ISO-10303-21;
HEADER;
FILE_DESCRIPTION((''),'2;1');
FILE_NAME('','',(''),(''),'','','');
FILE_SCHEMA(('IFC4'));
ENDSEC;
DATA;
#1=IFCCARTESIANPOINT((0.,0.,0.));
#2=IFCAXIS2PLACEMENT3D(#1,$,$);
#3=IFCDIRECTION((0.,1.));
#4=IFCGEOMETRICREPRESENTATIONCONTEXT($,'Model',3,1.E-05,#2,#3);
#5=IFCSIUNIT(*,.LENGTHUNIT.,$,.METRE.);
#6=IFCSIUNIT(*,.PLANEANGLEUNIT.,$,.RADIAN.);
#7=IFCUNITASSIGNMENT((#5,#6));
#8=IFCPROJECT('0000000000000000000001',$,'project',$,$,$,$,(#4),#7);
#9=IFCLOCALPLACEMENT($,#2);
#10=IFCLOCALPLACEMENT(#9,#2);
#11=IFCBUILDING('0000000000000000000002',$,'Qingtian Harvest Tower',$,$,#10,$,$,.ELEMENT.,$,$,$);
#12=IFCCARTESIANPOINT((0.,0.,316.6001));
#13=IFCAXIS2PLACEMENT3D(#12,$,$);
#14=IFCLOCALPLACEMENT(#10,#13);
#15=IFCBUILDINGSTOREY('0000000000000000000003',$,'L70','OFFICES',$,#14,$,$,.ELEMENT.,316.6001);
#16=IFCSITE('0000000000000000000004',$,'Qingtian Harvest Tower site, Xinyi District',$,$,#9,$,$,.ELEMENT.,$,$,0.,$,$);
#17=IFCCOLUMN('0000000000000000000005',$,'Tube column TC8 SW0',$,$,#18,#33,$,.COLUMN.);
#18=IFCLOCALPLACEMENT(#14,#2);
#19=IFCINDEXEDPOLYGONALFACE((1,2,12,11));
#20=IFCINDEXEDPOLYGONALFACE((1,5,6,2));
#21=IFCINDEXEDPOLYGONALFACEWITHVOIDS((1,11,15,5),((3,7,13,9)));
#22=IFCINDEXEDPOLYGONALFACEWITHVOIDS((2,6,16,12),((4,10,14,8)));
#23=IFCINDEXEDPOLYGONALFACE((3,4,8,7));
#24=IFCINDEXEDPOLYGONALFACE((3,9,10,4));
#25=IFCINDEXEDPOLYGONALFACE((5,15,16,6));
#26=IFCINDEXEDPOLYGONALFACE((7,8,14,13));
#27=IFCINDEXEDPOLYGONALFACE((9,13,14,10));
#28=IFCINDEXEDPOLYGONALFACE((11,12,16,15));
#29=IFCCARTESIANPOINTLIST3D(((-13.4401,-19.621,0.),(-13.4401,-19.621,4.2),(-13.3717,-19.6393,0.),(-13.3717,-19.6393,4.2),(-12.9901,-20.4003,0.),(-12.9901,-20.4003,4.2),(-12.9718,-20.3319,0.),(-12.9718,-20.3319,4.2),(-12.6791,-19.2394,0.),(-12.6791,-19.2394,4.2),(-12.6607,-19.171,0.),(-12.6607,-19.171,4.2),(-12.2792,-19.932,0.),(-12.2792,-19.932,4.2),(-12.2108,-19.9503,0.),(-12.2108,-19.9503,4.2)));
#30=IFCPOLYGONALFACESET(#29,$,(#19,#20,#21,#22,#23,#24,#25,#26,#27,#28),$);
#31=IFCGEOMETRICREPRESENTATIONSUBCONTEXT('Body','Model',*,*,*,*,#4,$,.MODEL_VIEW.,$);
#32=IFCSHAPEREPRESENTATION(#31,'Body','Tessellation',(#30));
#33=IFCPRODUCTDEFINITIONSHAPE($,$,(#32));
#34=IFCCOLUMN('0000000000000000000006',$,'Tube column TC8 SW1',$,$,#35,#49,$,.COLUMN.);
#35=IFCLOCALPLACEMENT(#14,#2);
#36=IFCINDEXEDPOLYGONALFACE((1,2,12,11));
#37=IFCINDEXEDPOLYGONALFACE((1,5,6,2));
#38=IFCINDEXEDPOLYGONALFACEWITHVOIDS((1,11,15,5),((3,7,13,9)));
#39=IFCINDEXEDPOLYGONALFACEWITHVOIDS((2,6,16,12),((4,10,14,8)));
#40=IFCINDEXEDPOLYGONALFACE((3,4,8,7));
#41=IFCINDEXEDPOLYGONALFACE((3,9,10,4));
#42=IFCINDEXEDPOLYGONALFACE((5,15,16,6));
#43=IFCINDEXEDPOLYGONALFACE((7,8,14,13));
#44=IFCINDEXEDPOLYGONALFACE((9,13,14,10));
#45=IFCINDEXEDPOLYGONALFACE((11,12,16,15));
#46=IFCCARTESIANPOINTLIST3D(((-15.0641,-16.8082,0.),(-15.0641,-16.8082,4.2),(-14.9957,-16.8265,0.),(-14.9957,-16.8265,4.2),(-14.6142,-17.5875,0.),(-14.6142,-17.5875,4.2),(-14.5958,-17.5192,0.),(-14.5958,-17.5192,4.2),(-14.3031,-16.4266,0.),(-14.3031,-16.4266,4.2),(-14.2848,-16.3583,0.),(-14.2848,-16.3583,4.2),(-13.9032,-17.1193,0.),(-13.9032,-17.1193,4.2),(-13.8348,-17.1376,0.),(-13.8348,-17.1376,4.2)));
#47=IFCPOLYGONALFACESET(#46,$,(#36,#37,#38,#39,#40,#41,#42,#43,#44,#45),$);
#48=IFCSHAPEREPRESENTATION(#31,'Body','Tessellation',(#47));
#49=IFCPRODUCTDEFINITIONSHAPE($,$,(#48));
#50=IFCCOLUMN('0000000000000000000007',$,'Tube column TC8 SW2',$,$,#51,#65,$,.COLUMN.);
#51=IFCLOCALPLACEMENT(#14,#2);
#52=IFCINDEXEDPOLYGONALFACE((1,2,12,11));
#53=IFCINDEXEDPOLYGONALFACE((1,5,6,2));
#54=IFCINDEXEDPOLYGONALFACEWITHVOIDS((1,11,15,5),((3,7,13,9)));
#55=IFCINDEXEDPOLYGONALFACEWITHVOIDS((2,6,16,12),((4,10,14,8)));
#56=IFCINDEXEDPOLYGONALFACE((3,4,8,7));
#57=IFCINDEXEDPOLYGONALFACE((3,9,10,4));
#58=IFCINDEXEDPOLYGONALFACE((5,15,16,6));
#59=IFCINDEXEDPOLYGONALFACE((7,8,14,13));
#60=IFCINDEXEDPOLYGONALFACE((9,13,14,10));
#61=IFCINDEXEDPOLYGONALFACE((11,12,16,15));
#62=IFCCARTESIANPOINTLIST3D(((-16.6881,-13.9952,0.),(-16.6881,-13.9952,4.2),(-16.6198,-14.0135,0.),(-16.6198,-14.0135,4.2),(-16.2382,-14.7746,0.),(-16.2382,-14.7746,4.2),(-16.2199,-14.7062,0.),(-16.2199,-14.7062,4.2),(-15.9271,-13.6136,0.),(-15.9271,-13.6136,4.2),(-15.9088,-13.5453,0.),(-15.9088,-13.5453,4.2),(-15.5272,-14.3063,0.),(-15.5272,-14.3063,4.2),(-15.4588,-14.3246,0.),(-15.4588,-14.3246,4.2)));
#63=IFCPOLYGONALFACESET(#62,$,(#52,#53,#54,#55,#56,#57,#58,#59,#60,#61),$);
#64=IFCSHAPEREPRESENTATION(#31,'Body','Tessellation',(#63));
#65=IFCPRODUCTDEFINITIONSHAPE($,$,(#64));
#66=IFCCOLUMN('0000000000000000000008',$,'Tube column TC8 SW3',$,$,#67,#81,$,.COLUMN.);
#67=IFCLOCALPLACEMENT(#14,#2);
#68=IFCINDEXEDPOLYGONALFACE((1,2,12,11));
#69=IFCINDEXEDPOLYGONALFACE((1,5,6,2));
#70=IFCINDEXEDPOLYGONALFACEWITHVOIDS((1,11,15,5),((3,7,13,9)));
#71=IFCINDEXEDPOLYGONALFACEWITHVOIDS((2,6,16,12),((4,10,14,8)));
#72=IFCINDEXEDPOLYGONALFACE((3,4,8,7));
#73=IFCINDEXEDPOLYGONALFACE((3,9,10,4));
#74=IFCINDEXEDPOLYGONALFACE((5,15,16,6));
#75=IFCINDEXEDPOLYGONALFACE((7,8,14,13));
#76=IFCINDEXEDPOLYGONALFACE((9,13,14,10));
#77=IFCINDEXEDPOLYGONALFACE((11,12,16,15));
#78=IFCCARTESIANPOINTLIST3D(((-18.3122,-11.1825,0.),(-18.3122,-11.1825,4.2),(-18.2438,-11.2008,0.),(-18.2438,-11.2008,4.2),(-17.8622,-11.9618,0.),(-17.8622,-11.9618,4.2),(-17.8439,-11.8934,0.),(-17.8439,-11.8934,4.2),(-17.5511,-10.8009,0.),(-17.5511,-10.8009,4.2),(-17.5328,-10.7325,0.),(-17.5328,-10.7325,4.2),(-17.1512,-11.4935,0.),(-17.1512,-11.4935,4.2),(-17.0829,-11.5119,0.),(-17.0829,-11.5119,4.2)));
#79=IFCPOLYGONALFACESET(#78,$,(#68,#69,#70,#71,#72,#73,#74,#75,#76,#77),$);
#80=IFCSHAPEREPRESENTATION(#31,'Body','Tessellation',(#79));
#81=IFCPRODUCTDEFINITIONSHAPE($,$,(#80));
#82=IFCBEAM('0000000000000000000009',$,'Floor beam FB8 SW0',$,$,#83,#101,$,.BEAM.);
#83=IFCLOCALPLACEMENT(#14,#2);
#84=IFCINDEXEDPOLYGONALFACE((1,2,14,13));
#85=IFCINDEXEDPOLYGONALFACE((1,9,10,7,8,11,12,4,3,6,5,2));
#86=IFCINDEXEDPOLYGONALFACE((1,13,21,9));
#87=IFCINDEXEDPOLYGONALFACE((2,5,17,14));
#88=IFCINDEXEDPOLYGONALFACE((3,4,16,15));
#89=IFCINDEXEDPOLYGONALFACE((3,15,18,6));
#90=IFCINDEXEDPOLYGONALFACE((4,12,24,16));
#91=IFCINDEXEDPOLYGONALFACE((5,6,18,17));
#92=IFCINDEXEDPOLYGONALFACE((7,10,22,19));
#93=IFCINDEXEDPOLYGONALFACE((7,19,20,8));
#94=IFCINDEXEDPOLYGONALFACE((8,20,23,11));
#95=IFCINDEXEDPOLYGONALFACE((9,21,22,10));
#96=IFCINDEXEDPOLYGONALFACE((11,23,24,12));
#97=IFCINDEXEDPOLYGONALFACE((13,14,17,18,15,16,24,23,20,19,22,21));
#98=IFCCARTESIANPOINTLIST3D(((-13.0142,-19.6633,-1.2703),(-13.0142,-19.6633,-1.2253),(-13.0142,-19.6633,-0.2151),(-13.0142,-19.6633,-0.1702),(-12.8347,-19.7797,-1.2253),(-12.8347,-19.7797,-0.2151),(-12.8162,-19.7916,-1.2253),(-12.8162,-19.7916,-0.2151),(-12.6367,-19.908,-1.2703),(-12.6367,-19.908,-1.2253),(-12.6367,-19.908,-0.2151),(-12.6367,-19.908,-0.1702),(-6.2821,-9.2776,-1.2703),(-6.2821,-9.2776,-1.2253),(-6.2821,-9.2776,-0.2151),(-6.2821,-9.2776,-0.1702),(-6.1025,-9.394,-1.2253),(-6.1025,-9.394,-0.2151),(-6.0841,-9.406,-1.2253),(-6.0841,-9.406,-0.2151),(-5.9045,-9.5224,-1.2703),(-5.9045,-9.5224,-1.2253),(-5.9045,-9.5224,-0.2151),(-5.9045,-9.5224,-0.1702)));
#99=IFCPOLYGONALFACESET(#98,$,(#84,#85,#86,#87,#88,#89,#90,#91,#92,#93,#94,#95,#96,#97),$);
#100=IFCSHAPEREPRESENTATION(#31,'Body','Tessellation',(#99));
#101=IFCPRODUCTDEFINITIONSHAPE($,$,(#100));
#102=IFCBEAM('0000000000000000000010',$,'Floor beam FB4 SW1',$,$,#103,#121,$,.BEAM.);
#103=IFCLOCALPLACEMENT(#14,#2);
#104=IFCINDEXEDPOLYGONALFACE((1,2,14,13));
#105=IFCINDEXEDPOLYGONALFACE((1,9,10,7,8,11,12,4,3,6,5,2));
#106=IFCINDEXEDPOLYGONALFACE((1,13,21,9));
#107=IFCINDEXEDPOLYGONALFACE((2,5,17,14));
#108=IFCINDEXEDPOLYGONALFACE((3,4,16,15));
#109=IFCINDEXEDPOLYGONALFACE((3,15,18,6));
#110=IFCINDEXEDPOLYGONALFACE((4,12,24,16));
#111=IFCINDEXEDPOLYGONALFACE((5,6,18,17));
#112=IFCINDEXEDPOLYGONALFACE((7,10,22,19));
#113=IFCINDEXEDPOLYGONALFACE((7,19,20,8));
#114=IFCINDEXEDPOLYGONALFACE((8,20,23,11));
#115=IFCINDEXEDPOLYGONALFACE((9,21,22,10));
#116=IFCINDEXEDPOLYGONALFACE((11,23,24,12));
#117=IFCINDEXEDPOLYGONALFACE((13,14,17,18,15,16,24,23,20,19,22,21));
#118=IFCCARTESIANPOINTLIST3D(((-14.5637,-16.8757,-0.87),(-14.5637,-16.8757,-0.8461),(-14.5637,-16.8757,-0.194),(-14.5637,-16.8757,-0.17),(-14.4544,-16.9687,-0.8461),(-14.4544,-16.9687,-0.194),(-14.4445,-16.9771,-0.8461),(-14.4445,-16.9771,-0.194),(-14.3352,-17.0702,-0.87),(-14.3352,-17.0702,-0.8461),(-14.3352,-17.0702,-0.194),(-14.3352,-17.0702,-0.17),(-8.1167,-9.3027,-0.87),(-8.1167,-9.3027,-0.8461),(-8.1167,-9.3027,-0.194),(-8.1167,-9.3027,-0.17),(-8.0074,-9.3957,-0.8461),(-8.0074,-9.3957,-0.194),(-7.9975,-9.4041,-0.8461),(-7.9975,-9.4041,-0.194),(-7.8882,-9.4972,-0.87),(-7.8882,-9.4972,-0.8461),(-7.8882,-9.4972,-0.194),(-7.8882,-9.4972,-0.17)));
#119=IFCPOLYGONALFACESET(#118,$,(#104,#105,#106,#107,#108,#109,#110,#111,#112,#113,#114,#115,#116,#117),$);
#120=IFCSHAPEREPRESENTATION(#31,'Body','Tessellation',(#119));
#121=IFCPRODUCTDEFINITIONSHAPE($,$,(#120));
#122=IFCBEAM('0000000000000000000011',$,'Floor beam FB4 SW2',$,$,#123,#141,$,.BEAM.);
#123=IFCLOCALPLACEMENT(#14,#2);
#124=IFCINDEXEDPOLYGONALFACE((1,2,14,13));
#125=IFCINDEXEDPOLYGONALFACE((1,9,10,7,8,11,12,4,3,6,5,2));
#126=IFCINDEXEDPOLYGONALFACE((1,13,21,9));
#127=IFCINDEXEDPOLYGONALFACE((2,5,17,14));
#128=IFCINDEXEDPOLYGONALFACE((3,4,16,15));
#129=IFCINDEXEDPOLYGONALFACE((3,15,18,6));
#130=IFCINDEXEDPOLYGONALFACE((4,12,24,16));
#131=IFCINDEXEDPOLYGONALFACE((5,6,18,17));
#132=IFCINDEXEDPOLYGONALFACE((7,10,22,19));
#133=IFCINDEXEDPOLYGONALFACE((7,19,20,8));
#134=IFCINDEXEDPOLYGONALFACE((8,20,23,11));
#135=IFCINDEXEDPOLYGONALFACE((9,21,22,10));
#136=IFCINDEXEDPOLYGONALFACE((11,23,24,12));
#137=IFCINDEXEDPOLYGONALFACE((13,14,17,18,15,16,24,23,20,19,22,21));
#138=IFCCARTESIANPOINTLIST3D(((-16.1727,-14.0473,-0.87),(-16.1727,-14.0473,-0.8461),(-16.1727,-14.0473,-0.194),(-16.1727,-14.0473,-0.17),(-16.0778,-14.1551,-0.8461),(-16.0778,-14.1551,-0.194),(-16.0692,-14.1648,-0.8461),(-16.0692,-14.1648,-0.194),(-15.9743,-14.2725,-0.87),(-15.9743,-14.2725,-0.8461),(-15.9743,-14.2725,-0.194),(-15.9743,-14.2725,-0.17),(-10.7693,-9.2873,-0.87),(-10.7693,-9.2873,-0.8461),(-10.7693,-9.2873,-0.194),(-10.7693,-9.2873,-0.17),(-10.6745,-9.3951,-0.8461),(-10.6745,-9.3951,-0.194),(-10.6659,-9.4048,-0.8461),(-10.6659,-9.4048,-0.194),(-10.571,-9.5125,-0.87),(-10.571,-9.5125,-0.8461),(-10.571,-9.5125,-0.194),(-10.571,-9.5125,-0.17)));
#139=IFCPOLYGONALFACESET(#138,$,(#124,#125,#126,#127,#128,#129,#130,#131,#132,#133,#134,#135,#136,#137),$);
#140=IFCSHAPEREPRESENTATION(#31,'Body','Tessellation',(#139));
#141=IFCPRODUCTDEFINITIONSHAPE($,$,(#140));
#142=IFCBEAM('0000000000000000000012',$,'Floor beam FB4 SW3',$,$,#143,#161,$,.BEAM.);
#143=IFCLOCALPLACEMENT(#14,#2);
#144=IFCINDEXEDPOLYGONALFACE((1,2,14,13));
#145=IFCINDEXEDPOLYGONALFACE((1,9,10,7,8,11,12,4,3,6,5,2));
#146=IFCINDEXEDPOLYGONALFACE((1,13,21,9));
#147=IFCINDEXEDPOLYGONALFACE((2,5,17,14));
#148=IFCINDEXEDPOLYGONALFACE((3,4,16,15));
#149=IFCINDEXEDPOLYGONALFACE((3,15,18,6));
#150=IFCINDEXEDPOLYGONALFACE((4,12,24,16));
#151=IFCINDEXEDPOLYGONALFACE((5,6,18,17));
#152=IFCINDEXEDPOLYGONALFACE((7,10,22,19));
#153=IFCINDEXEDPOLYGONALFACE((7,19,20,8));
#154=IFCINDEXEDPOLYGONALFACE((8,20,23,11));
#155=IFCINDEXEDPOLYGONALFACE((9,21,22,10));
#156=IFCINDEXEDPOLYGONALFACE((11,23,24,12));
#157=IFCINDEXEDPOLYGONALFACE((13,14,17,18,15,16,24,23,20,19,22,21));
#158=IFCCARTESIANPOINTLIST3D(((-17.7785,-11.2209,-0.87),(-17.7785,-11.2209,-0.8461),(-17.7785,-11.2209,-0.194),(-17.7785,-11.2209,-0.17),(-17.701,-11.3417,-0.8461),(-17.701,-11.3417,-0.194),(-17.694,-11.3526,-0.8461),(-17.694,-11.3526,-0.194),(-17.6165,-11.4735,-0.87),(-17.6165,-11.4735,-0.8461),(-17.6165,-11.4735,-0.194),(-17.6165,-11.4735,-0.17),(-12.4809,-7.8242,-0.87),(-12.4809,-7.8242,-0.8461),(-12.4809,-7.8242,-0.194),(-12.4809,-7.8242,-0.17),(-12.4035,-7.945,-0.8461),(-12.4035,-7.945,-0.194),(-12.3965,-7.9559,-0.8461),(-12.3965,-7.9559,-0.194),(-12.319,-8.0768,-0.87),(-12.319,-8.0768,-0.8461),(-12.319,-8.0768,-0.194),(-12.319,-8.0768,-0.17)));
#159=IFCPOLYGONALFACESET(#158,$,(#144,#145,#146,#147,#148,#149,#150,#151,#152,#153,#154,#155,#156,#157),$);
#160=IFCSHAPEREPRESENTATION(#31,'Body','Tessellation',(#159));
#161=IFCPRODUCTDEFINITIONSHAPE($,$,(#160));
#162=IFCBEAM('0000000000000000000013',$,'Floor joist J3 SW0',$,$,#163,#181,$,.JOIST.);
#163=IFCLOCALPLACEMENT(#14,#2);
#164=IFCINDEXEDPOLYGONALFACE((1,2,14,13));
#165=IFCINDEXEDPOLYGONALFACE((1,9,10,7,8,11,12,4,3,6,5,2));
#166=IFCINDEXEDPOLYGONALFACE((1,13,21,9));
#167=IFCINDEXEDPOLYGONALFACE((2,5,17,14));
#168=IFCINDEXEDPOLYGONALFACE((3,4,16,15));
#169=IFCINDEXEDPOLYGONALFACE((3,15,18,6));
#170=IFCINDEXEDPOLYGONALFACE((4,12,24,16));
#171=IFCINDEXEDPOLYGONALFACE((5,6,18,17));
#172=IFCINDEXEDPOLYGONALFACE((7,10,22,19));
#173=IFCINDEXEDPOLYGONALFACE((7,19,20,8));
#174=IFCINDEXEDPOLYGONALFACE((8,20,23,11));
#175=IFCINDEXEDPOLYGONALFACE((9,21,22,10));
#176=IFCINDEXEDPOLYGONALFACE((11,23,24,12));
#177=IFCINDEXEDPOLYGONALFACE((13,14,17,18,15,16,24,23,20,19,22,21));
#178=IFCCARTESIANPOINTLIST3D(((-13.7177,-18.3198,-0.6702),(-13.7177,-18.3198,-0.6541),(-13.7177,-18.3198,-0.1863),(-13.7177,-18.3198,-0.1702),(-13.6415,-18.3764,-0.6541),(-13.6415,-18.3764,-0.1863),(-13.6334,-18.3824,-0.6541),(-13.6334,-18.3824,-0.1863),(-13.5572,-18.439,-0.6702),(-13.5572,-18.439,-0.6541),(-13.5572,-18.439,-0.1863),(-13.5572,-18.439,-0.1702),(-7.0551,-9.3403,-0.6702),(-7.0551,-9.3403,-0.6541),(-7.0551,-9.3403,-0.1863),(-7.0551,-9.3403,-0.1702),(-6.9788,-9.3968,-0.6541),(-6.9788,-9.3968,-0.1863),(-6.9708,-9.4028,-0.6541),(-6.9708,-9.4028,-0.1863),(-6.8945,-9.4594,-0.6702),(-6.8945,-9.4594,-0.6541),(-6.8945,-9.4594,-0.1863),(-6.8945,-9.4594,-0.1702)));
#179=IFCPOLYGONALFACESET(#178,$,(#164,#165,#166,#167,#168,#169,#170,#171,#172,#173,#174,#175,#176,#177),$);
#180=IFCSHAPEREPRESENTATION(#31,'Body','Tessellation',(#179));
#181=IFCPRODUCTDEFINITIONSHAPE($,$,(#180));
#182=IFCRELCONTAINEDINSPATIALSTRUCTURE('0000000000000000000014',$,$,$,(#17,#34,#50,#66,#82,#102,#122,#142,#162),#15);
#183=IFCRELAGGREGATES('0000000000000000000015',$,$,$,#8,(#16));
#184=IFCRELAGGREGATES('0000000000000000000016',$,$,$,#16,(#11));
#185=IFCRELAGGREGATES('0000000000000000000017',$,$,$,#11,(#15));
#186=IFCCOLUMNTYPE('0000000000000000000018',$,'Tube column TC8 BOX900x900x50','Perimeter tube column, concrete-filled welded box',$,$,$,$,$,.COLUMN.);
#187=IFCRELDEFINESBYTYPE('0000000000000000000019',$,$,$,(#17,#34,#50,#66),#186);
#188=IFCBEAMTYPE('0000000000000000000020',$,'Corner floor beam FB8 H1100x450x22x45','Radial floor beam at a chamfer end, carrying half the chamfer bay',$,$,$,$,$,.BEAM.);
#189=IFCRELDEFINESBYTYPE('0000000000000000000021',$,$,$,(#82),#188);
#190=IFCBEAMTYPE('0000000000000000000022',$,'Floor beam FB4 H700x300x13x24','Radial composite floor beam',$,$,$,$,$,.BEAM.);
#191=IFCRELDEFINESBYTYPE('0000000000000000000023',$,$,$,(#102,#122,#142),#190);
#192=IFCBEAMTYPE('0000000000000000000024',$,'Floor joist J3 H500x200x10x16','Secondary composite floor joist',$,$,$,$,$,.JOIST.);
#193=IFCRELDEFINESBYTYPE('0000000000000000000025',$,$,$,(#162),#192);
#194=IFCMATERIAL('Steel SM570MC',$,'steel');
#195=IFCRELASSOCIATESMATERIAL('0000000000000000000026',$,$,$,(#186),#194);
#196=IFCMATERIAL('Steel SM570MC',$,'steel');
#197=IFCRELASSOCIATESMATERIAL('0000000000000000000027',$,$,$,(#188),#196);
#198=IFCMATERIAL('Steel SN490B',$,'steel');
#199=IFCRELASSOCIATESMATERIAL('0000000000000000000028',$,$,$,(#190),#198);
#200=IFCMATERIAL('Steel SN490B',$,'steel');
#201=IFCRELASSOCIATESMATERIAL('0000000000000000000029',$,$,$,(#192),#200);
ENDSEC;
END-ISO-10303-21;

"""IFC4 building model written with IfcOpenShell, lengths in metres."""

from ifc_helpers import new_model, si_unit, direction, frame, origin, origin_2d, place, context, subcontext, project, spatial, hollow_rectangle, i_section, extrude, material, material_profile, profile_set, type_object, element, save


model = new_model("IFC4")

# Units and contexts
model_context = context("Model", 3, precision=1e-05, world=origin(), true_north=direction((0.0, 1.0)))
body_context = subcontext(model_context, "Body", "Model", "MODEL_VIEW")
ifc_project = project(units=[si_unit("LENGTHUNIT", "METRE"), si_unit("PLANEANGLEUNIT", "RADIAN")], contexts=[model_context])

# Site, building, storey
site_placement = place(None, origin())
site = spatial("IfcSite", under=ifc_project, at=site_placement, Name="Qingtian Harvest Tower site, Xinyi District", CompositionType="ELEMENT", RefElevation=0.0)
building_placement = place(site_placement, origin())
building = spatial("IfcBuilding", under=site, at=building_placement, Name="Qingtian Harvest Tower", CompositionType="ELEMENT")
storey_placement = place(building_placement, frame((0.0, 0.0, 316.6001)))
storey = spatial("IfcBuildingStorey", under=building, at=storey_placement, Name="L70", Description="OFFICES", CompositionType="ELEMENT", Elevation=316.6001)

# Columns
ifc_material_1 = material(Name="Steel SM570MC", Category="steel")
ifc_material_profile_1 = material_profile(ifc_material_1, hollow_rectangle(XDim=0.8999, YDim=0.8999, WallThickness=0.05, at=origin_2d()), Name="BOX900x900x50")
ifc_profile_set_1 = profile_set([ifc_material_profile_1], Name="Steel SM570MC")
column_type = type_object("IfcColumnType", Name="Tube column TC8 BOX900x900x50", Description="Perimeter tube column, concrete-filled welded box", PredefinedType="COLUMN", material=ifc_profile_set_1)
for number, where, z_axis, x_axis, name in (
    (1, (-12.8254, -19.7856, 0.0), (0.0, 0.0, 1.0), (0.5, -0.866025, 0.0), "Tube column TC8 SW0"),
    (2, (-14.4495, -16.9729, 0.0), (0.0, 0.0, 1.0), (0.5, -0.866025, 0.0), "Tube column TC8 SW1"),
    (3, (-16.0735, -14.1599, 0.0), (0.0, 0.0, 1.0), (0.5, -0.866025, 0.0), "Tube column TC8 SW2"),
    (4, (-17.6975, -11.3472, 0.0), (0.0, 0.0, 1.0), (0.5, -0.866025, 0.0), "Tube column TC8 SW3"),
):
    element("IfcColumn", number, at=place(storey_placement, frame(where, z_axis=z_axis, x_axis=x_axis)), inside=storey, type_object=column_type, Name=name, PredefinedType="COLUMN", context=body_context, shape_type="SweptSolid", body=[
        extrude(hollow_rectangle(XDim=0.8999, YDim=0.8999, WallThickness=0.05, at=origin_2d()), origin(), (0.0, 0.0, 1.0), 4.2),
    ])

# Beams
ifc_material_2 = material(Name="Steel SM570MC", Category="steel")
ifc_material_profile_2 = material_profile(ifc_material_2, i_section(OverallWidth=0.45, OverallDepth=1.1001, WebThickness=0.022, FlangeThickness=0.0449, at=origin_2d()), Name="H1100x450x22x45")
ifc_profile_set_2 = profile_set([ifc_material_profile_2], Name="Steel SM570MC")
beam_type_1 = type_object("IfcBeamType", Name="Corner floor beam FB8 H1100x450x22x45", Description="Radial floor beam at a chamfer end, carrying half the chamfer bay", PredefinedType="BEAM", material=ifc_profile_set_2)
beam_1_placement = place(storey_placement, frame((-12.8254, -19.7856, -0.7202), z_axis=(0.543934, 0.839128, 0.0), x_axis=(-0.839128, 0.543934, 0.0)))
element("IfcBeam", 5, at=beam_1_placement, inside=storey, type_object=beam_type_1, Name="Floor beam FB8 SW0", PredefinedType="BEAM", context=body_context, shape_type="SweptSolid", body=[
    extrude(i_section(OverallWidth=0.45, OverallDepth=1.1001, WebThickness=0.022, FlangeThickness=0.0449, at=origin_2d()), origin(), (0.0, 0.0, 1.0), 12.3767),
])
ifc_material_3 = material(Name="Steel SN490B", Category="steel")
ifc_material_profile_3 = material_profile(ifc_material_3, i_section(OverallWidth=0.3, OverallDepth=0.7, WebThickness=0.0129, FlangeThickness=0.0239, at=origin_2d()), Name="H700x300x13x24")
ifc_profile_set_3 = profile_set([ifc_material_profile_3], Name="Steel SN490B")
beam_type_2 = type_object("IfcBeamType", Name="Floor beam FB4 H700x300x13x24", Description="Radial composite floor beam", PredefinedType="BEAM", material=ifc_profile_set_3)
beam_2_placement = place(storey_placement, frame((-14.4495, -16.9729, -0.52), z_axis=(0.64823, 0.761444, 0.0), x_axis=(-0.761444, 0.64823, 0.0)))
element("IfcBeam", 6, at=beam_2_placement, inside=storey, type_object=beam_type_2, Name="Floor beam FB4 SW1", PredefinedType="BEAM", context=body_context, shape_type="SweptSolid", body=[
    extrude(i_section(OverallWidth=0.3, OverallDepth=0.7, WebThickness=0.0129, FlangeThickness=0.0239, at=origin_2d()), origin(), (0.0, 0.0, 1.0), 9.9456),
])
beam_3_placement = place(storey_placement, frame((-16.0735, -14.1599, -0.52), z_axis=(0.750363, 0.661026, 0.0), x_axis=(-0.661026, 0.750363, 0.0)))
element("IfcBeam", 7, at=beam_3_placement, inside=storey, type_object=beam_type_2, Name="Floor beam FB4 SW2", PredefinedType="BEAM", context=body_context, shape_type="SweptSolid", body=[
    extrude(i_section(OverallWidth=0.3, OverallDepth=0.7, WebThickness=0.0129, FlangeThickness=0.0239, at=origin_2d()), origin(), (0.0, 0.0, 1.0), 7.2009),
])
beam_4_placement = place(storey_placement, frame((-17.6975, -11.3472, -0.52), z_axis=(0.841819, 0.539759, 0.0), x_axis=(-0.539759, 0.841819, 0.0)))
element("IfcBeam", 8, at=beam_4_placement, inside=storey, type_object=beam_type_2, Name="Floor beam FB4 SW3", PredefinedType="BEAM", context=body_context, shape_type="SweptSolid", body=[
    extrude(i_section(OverallWidth=0.3, OverallDepth=0.7, WebThickness=0.0129, FlangeThickness=0.0239, at=origin_2d()), origin(), (0.0, 0.0, 1.0), 6.293),
])
ifc_material_4 = material(Name="Steel SN490B", Category="steel")
ifc_material_profile_4 = material_profile(ifc_material_4, i_section(OverallWidth=0.2, OverallDepth=0.5, WebThickness=0.01, FlangeThickness=0.0161, at=origin_2d()), Name="H500x200x10x16")
ifc_profile_set_4 = profile_set([ifc_material_profile_4], Name="Steel SN490B")
beam_type_3 = type_object("IfcBeamType", Name="Floor joist J3 H500x200x10x16", Description="Secondary composite floor joist", PredefinedType="JOIST", material=ifc_profile_set_4)
beam_5_placement = place(storey_placement, frame((-13.6375, -18.3794, -0.4202), z_axis=(0.59587, 0.803081, 0.0), x_axis=(-0.803081, 0.59587, 0.0)))
element("IfcBeam", 9, at=beam_5_placement, inside=storey, type_object=beam_type_3, Name="Floor joist J3 SW0", PredefinedType="JOIST", context=body_context, shape_type="SweptSolid", body=[
    extrude(i_section(OverallWidth=0.2, OverallDepth=0.5, WebThickness=0.01, FlangeThickness=0.0161, at=origin_2d()), origin(), (0.0, 0.0, 1.0), 11.1814),
])

save(model, "model.ifc")
